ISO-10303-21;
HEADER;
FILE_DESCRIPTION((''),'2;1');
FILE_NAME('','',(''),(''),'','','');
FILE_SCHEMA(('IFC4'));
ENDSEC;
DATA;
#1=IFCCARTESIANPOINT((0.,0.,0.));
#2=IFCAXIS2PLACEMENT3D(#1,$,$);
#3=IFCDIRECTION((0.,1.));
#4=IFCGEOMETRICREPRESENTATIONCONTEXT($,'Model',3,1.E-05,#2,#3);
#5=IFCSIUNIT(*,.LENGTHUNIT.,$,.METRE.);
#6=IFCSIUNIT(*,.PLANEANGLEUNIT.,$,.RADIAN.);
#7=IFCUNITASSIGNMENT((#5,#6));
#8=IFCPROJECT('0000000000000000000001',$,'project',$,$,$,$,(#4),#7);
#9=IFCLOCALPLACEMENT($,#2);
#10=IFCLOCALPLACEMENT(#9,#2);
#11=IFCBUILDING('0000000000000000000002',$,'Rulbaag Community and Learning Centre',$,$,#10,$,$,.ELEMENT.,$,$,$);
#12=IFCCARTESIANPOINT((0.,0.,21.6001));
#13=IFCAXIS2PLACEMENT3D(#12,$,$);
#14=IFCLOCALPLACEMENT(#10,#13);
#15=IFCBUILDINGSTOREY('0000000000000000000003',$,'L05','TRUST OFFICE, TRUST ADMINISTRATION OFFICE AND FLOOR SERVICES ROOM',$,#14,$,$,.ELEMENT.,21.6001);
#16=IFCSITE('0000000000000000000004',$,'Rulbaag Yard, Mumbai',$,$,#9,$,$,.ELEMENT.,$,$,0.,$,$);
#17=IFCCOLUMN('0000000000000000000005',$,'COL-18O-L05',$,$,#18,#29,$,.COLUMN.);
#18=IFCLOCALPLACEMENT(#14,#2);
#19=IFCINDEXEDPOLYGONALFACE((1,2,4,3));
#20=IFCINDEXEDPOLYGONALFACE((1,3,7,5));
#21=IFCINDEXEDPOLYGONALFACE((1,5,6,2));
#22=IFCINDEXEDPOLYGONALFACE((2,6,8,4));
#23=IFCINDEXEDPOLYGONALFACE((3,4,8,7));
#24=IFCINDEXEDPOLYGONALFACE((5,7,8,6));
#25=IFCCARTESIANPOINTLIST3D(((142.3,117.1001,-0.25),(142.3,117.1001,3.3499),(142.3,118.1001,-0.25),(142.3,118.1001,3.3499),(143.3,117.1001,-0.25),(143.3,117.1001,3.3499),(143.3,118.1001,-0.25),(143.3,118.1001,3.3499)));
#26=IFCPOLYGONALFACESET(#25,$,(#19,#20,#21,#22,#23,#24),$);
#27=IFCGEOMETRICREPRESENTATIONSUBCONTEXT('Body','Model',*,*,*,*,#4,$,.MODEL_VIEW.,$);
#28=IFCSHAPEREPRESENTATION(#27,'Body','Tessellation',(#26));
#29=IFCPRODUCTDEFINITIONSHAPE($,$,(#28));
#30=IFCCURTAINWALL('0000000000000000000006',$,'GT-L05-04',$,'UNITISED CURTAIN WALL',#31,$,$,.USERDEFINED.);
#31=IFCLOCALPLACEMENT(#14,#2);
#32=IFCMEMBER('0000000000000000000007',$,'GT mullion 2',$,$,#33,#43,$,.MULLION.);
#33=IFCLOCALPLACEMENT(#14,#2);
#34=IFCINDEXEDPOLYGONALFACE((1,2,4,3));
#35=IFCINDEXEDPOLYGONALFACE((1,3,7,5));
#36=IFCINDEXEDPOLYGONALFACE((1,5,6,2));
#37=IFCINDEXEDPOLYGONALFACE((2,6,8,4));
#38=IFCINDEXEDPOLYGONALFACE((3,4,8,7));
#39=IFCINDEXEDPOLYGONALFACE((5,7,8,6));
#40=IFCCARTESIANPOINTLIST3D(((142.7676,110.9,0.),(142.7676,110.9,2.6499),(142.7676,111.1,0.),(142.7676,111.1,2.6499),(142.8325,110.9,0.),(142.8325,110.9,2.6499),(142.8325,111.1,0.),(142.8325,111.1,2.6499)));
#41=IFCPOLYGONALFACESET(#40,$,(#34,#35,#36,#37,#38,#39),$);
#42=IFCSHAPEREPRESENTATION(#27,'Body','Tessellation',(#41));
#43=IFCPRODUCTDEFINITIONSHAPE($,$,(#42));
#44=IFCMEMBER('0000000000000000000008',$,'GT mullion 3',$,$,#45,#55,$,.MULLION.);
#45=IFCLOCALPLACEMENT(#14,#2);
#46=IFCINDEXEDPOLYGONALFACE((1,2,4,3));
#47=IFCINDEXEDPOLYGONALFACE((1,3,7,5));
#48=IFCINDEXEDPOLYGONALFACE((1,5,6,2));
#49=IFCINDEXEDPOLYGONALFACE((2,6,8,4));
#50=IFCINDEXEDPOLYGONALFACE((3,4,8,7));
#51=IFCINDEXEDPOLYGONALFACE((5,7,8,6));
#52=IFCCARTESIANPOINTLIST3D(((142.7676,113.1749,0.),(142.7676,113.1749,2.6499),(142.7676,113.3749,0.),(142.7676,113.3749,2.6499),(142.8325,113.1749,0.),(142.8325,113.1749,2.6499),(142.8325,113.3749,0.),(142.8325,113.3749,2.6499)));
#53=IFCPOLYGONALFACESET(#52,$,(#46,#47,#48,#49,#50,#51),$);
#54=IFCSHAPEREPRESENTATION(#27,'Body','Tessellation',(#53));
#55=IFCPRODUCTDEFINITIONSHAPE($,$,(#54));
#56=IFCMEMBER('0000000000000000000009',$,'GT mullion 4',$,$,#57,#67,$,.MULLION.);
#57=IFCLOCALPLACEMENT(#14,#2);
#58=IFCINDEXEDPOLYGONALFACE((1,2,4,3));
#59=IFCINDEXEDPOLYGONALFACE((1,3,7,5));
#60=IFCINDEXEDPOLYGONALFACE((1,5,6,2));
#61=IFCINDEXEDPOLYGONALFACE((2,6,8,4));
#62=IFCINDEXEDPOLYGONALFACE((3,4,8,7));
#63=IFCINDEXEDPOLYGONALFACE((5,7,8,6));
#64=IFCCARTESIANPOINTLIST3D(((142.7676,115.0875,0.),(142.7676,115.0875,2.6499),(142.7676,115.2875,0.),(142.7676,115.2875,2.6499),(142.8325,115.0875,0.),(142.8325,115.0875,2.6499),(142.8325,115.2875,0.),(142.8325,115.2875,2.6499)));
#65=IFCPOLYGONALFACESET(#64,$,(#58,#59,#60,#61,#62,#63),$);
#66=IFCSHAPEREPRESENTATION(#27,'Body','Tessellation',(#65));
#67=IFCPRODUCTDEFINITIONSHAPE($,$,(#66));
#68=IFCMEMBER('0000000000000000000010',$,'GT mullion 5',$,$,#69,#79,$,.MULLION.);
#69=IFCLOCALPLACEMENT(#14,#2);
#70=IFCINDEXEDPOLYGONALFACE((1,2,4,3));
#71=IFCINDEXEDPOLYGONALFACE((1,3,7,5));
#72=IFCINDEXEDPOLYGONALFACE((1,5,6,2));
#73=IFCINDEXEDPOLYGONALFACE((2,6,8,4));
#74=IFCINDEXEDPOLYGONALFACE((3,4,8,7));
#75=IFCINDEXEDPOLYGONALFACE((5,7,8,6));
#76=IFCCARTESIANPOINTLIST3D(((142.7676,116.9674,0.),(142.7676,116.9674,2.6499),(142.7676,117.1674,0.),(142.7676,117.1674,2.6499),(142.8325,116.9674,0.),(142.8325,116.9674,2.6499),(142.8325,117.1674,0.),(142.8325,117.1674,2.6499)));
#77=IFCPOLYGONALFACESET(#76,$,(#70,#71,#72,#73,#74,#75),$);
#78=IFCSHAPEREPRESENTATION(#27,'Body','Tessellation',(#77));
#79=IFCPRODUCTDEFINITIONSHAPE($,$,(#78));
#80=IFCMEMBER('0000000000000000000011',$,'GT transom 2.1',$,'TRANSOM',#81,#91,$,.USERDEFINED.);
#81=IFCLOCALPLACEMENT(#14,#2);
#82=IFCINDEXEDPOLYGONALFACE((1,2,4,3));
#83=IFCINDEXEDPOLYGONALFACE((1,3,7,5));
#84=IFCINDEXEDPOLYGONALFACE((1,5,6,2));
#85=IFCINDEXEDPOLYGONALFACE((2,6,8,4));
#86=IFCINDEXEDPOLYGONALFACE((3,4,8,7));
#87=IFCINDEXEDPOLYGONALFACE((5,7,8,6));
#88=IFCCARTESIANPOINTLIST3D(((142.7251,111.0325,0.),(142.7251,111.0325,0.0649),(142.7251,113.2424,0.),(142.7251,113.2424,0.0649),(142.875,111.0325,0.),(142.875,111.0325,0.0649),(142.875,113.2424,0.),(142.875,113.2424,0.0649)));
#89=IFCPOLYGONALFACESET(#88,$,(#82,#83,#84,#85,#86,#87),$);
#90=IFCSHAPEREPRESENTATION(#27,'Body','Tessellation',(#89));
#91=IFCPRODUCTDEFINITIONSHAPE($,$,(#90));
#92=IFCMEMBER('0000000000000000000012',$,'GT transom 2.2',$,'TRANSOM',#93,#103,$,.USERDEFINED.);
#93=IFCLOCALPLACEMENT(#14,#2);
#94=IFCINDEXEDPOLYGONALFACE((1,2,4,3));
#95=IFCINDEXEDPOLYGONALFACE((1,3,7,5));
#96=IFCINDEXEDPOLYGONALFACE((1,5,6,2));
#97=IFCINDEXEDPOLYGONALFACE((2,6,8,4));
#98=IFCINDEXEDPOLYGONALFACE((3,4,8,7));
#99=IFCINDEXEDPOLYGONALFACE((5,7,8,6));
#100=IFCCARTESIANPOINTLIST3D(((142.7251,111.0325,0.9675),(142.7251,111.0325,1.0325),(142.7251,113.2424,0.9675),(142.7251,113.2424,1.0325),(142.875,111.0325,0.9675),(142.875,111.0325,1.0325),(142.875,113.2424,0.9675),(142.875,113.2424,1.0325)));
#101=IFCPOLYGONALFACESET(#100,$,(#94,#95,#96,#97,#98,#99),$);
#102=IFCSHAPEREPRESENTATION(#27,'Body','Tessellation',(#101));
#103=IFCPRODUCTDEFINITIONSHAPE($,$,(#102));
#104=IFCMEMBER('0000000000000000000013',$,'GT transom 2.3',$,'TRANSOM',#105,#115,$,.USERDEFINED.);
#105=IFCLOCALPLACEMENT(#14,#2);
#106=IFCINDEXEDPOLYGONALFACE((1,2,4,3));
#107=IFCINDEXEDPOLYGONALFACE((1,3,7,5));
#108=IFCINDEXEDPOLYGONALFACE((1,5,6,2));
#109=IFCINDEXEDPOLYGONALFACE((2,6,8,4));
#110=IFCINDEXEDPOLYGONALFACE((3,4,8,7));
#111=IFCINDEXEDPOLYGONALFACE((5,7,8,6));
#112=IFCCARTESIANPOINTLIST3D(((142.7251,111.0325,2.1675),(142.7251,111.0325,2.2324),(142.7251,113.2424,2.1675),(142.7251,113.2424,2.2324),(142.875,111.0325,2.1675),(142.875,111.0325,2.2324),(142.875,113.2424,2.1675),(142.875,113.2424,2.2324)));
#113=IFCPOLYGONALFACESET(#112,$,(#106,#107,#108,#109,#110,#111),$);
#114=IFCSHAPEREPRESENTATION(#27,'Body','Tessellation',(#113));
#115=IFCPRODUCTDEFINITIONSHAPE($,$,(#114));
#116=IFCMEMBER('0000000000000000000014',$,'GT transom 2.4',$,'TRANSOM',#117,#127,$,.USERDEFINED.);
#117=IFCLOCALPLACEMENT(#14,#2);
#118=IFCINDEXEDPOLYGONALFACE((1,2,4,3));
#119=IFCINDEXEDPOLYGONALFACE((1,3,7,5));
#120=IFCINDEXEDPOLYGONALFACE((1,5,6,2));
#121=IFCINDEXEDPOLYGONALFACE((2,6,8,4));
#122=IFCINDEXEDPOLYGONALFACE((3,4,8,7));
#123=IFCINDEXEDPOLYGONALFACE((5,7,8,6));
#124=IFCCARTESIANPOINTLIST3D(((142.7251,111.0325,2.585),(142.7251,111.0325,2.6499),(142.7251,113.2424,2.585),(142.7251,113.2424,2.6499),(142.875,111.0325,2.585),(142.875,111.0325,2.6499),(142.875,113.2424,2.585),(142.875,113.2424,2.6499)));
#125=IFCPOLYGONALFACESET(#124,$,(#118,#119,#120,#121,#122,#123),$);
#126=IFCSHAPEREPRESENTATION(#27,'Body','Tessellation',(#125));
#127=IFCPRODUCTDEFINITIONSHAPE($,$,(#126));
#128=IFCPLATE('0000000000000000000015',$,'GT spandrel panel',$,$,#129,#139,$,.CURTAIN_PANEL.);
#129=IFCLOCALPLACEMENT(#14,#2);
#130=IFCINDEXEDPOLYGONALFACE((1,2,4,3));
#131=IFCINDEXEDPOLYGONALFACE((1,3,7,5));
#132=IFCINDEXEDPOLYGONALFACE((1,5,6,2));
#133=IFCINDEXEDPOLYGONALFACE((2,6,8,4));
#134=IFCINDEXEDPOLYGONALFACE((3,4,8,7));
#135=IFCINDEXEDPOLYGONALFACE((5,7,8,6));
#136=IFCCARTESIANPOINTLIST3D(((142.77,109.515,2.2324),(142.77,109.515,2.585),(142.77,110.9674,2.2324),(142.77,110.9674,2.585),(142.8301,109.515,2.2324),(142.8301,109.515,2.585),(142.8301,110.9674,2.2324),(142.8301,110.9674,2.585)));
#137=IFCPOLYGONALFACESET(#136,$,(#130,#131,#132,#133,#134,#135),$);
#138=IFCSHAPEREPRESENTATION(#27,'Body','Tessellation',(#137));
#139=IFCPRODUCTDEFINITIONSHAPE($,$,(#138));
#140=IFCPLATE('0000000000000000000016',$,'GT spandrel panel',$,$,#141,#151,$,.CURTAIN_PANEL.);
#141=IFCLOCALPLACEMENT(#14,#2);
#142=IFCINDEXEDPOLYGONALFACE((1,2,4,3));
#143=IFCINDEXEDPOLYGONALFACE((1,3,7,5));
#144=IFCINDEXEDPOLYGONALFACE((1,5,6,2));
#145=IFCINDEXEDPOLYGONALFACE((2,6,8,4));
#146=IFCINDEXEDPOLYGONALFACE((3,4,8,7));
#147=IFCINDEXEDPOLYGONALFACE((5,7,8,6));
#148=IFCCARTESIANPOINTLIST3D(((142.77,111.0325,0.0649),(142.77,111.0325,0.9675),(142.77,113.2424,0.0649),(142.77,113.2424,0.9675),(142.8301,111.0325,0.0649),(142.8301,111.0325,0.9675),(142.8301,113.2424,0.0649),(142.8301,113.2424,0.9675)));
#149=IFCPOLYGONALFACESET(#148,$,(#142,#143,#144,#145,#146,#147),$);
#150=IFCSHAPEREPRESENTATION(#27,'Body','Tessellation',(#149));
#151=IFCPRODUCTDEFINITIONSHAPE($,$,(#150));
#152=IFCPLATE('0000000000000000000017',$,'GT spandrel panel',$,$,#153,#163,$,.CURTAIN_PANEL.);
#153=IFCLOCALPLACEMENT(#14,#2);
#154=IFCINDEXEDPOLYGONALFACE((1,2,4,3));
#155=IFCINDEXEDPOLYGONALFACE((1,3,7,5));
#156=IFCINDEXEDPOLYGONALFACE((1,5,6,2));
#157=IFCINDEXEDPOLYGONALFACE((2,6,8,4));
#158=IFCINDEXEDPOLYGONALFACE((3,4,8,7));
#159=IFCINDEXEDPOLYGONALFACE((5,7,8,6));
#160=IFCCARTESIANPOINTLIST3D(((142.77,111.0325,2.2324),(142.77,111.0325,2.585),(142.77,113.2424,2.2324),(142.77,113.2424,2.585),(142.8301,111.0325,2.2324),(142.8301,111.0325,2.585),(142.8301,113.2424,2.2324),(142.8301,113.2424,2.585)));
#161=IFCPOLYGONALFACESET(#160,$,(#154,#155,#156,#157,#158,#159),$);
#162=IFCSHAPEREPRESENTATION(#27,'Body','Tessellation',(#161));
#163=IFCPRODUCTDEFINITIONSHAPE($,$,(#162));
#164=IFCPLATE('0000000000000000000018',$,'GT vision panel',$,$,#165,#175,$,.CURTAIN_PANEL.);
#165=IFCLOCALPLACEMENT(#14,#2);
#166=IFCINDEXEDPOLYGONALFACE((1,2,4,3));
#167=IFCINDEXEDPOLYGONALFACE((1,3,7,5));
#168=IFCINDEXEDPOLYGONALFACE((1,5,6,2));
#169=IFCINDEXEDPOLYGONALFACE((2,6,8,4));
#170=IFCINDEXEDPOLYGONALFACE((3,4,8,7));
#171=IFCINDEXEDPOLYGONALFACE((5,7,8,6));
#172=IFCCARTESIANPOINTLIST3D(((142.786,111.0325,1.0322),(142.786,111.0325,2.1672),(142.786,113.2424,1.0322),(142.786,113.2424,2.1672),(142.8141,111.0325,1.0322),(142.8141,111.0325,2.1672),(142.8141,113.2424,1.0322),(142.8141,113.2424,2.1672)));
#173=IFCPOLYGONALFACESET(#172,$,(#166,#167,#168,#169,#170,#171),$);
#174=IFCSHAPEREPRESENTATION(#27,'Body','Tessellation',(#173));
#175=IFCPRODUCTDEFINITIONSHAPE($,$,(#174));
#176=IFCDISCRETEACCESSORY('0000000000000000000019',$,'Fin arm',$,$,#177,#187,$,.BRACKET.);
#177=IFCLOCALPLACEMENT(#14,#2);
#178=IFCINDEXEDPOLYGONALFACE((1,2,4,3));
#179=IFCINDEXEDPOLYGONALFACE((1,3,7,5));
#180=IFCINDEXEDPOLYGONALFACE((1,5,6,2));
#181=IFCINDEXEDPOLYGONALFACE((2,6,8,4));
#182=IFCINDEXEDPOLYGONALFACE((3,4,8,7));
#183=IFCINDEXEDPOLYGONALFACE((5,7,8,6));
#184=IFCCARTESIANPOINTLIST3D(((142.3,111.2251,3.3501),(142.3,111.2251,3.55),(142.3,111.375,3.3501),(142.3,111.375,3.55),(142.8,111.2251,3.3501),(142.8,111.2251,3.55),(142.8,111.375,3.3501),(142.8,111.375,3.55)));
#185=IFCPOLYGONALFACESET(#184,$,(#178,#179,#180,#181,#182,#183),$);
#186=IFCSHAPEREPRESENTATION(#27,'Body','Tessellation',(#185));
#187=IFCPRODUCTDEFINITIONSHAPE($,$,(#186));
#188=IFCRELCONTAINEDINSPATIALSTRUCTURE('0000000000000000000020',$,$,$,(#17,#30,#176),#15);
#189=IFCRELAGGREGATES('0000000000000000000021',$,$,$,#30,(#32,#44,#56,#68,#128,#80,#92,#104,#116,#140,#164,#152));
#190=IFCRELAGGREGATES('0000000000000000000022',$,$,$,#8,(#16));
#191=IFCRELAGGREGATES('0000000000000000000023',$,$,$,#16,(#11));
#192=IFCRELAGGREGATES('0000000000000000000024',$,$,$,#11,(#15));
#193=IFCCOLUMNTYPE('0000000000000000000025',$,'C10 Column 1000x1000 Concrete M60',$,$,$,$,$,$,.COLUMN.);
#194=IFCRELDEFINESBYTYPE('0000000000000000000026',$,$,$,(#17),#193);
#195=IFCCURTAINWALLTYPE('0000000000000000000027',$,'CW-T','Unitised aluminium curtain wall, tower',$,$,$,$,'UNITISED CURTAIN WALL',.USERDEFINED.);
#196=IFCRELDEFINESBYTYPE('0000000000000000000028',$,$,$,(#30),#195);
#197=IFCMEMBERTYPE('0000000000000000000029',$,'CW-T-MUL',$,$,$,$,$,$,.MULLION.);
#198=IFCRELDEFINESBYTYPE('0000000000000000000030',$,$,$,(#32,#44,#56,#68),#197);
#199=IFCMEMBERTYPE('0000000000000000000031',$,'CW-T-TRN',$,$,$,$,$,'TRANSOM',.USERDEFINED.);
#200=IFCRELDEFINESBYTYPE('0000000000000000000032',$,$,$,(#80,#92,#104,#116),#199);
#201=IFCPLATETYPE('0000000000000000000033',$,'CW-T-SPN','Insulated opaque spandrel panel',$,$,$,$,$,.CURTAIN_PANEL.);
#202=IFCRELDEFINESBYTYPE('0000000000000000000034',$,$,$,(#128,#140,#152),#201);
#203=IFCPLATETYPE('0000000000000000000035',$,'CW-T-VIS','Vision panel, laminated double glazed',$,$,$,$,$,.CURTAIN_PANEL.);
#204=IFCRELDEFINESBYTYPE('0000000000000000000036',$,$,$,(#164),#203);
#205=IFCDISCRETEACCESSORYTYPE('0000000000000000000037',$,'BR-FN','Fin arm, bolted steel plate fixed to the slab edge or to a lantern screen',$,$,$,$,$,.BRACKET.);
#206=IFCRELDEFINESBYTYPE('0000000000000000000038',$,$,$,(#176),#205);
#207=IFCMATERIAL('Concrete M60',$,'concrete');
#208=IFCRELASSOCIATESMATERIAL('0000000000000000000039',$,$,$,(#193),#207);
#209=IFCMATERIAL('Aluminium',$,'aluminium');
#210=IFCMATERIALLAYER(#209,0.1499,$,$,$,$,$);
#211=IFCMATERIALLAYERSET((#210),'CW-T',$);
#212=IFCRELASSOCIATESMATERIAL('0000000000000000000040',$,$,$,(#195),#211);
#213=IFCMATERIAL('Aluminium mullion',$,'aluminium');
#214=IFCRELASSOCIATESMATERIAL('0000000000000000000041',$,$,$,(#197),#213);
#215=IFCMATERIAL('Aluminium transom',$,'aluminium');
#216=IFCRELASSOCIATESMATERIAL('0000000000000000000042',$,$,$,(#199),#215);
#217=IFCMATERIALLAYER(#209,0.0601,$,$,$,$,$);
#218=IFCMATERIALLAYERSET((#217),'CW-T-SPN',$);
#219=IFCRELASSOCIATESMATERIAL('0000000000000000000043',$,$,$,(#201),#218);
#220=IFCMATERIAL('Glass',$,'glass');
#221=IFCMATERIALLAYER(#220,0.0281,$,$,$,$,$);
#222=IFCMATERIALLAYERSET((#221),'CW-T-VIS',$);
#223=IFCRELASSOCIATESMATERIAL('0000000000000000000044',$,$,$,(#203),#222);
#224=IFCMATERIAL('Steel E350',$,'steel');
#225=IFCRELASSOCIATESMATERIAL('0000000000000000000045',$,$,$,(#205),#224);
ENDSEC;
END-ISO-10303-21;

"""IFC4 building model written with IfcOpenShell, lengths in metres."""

from ifc_helpers import new_model, si_unit, direction, frame, origin, origin_2d, place, context, subcontext, project, spatial, rectangle, extrude, material, layer, layer_set, material_profile, profile_set, type_object, element, aggregate, save


model = new_model("IFC4")

# Units and contexts
model_context = context("Model", 3, precision=1e-05, world=origin(), true_north=direction((0.0, 1.0)))
body_context = subcontext(model_context, "Body", "Model", "MODEL_VIEW")
ifc_project = project(units=[si_unit("LENGTHUNIT", "METRE"), si_unit("PLANEANGLEUNIT", "RADIAN")], contexts=[model_context])

# Site, building, storey
site_placement = place(None, origin())
site = spatial("IfcSite", under=ifc_project, at=site_placement, Name="Rulbaag Yard, Mumbai", CompositionType="ELEMENT", RefElevation=0.0)
building_placement = place(site_placement, origin())
building = spatial("IfcBuilding", under=site, at=building_placement, Name="Rulbaag Community and Learning Centre", CompositionType="ELEMENT")
storey_placement = place(building_placement, frame((0.0, 0.0, 21.6001)))
storey = spatial("IfcBuildingStorey", under=building, at=storey_placement, Name="L05", Description="TRUST OFFICE, TRUST ADMINISTRATION OFFICE AND FLOOR SERVICES ROOM", CompositionType="ELEMENT", Elevation=21.6001)

# Column
ifc_material_1 = material(Name="Concrete M60", Category="concrete")
ifc_material_profile_1 = material_profile(ifc_material_1, rectangle(XDim=1.0, YDim=1.0, at=origin_2d()), Name="RC1000x1000")
ifc_profile_set_1 = profile_set([ifc_material_profile_1], Name="Concrete M60")
column_type = type_object("IfcColumnType", Name="C10 Column 1000x1000 Concrete M60", PredefinedType="COLUMN", material=ifc_profile_set_1)
column_placement = place(storey_placement, frame((142.8, 117.6001, -0.25), z_axis=(0.0, 0.0, 1.0), x_axis=(1.0, 0.0, 0.0)))
element("IfcColumn", 1, at=column_placement, inside=storey, type_object=column_type, Name="COL-18O-L05", PredefinedType="COLUMN", context=body_context, shape_type="SweptSolid", body=[
    extrude(rectangle(XDim=1.0, YDim=1.0, at=origin_2d()), origin(), (0.0, 0.0, 1.0), 3.5999),
])

# Curtain wall, members, plates
ifc_material_2 = material(Name="Aluminium", Category="aluminium")
ifc_layer_1 = layer(ifc_material_2, 0.1499)
ifc_layer_set_1 = layer_set([ifc_layer_1], Name="CW-T")
curtain_wall_type = type_object("IfcCurtainWallType", Name="CW-T", Description="Unitised aluminium curtain wall, tower", ElementType="UNITISED CURTAIN WALL", PredefinedType="USERDEFINED", material=ifc_layer_set_1)
curtain_wall_placement = place(storey_placement, origin())
curtain_wall = element("IfcCurtainWall", 2, at=curtain_wall_placement, inside=storey, type_object=curtain_wall_type, Name="GT-L05-04", ObjectType="UNITISED CURTAIN WALL", PredefinedType="USERDEFINED")
ifc_material_3 = material(Name="Aluminium mullion", Category="aluminium")
ifc_material_profile_2 = material_profile(ifc_material_3, rectangle(XDim=0.0649, YDim=0.2, at=origin_2d()), Name="AL 65x200")
ifc_profile_set_2 = profile_set([ifc_material_profile_2], Name="Aluminium mullion")
member_type_1 = type_object("IfcMemberType", Name="CW-T-MUL", PredefinedType="MULLION", material=ifc_profile_set_2)
member_1_placement = place(storey_placement, frame((142.8, 111.0, 0.0), z_axis=(0.0, 0.0, 1.0), x_axis=(-1.0, 0.0, 0.0)))
member_1 = element("IfcMember", 3, at=member_1_placement, type_object=member_type_1, Name="GT mullion 2", PredefinedType="MULLION", context=body_context, shape_type="SweptSolid", body=[
    extrude(rectangle(XDim=0.0649, YDim=0.2, at=origin_2d()), origin(), (0.0, 0.0, 1.0), 2.6499),
])
member_2_placement = place(storey_placement, frame((142.8, 113.2749, 0.0), z_axis=(0.0, 0.0, 1.0), x_axis=(-1.0, 0.0, 0.0)))
member_2 = element("IfcMember", 4, at=member_2_placement, type_object=member_type_1, Name="GT mullion 3", PredefinedType="MULLION", context=body_context, shape_type="SweptSolid", body=[
    extrude(rectangle(XDim=0.0649, YDim=0.2, at=origin_2d()), origin(), (0.0, 0.0, 1.0), 2.6499),
])
member_3_placement = place(storey_placement, frame((142.8, 115.1875, 0.0), z_axis=(0.0, 0.0, 1.0), x_axis=(-1.0, 0.0, 0.0)))
member_3 = element("IfcMember", 5, at=member_3_placement, type_object=member_type_1, Name="GT mullion 4", PredefinedType="MULLION", context=body_context, shape_type="SweptSolid", body=[
    extrude(rectangle(XDim=0.0649, YDim=0.2, at=origin_2d()), origin(), (0.0, 0.0, 1.0), 2.6499),
])
member_4_placement = place(storey_placement, frame((142.8, 117.0674, 0.0), z_axis=(0.0, 0.0, 1.0), x_axis=(-1.0, 0.0, 0.0)))
member_4 = element("IfcMember", 6, at=member_4_placement, type_object=member_type_1, Name="GT mullion 5", PredefinedType="MULLION", context=body_context, shape_type="SweptSolid", body=[
    extrude(rectangle(XDim=0.0649, YDim=0.2, at=origin_2d()), origin(), (0.0, 0.0, 1.0), 2.6499),
])
ifc_material_4 = material(Name="Aluminium transom", Category="aluminium")
ifc_material_profile_3 = material_profile(ifc_material_4, rectangle(XDim=0.1499, YDim=0.0649, at=origin_2d()), Name="AL 65x150 T")
ifc_profile_set_3 = profile_set([ifc_material_profile_3], Name="Aluminium transom")
member_type_2 = type_object("IfcMemberType", Name="CW-T-TRN", ElementType="TRANSOM", PredefinedType="USERDEFINED", material=ifc_profile_set_3)
member_5_placement = place(storey_placement, frame((142.8, 111.0325, 0.0325), z_axis=(0.0, 1.0, 0.0), x_axis=(-1.0, 0.0, 0.0)))
member_5 = element("IfcMember", 7, at=member_5_placement, type_object=member_type_2, Name="GT transom 2.1", ObjectType="TRANSOM", PredefinedType="USERDEFINED", context=body_context, shape_type="SweptSolid", body=[
    extrude(rectangle(XDim=0.1499, YDim=0.0649, at=origin_2d()), origin(), (0.0, 0.0, 1.0), 2.21),
])
member_6_placement = place(storey_placement, frame((142.8, 111.0325, 1.0), z_axis=(0.0, 1.0, 0.0), x_axis=(-1.0, 0.0, 0.0)))
member_6 = element("IfcMember", 8, at=member_6_placement, type_object=member_type_2, Name="GT transom 2.2", ObjectType="TRANSOM", PredefinedType="USERDEFINED", context=body_context, shape_type="SweptSolid", body=[
    extrude(rectangle(XDim=0.1499, YDim=0.0649, at=origin_2d()), origin(), (0.0, 0.0, 1.0), 2.21),
])
member_7_placement = place(storey_placement, frame((142.8, 111.0325, 2.2), z_axis=(0.0, 1.0, 0.0), x_axis=(-1.0, 0.0, 0.0)))
member_7 = element("IfcMember", 9, at=member_7_placement, type_object=member_type_2, Name="GT transom 2.3", ObjectType="TRANSOM", PredefinedType="USERDEFINED", context=body_context, shape_type="SweptSolid", body=[
    extrude(rectangle(XDim=0.1499, YDim=0.0649, at=origin_2d()), origin(), (0.0, 0.0, 1.0), 2.21),
])
member_8_placement = place(storey_placement, frame((142.8, 111.0325, 2.6174), z_axis=(0.0, 1.0, 0.0), x_axis=(-1.0, 0.0, 0.0)))
member_8 = element("IfcMember", 10, at=member_8_placement, type_object=member_type_2, Name="GT transom 2.4", ObjectType="TRANSOM", PredefinedType="USERDEFINED", context=body_context, shape_type="SweptSolid", body=[
    extrude(rectangle(XDim=0.1499, YDim=0.0649, at=origin_2d()), origin(), (0.0, 0.0, 1.0), 2.21),
])
ifc_layer_2 = layer(ifc_material_2, 0.0601)
ifc_layer_set_2 = layer_set([ifc_layer_2], Name="CW-T-SPN")
plate_type_1 = type_object("IfcPlateType", Name="CW-T-SPN", Description="Insulated opaque spandrel panel", PredefinedType="CURTAIN_PANEL", material=ifc_layer_set_2)
plate_1_placement = place(storey_placement, frame((142.8, 110.2412, 2.2324), z_axis=(0.0, 0.0, 1.0), x_axis=(0.0, 1.0, 0.0)))
plate_1 = element("IfcPlate", 11, at=plate_1_placement, type_object=plate_type_1, Name="GT spandrel panel", PredefinedType="CURTAIN_PANEL", context=body_context, shape_type="SweptSolid", body=[
    extrude(rectangle(XDim=1.4524, YDim=0.0601, at=origin_2d()), origin(), (0.0, 0.0, 1.0), 0.3525),
])
plate_2_placement = place(storey_placement, frame((142.8, 112.1375, 0.0649), z_axis=(0.0, 0.0, 1.0), x_axis=(0.0, 1.0, 0.0)))
plate_2 = element("IfcPlate", 12, at=plate_2_placement, type_object=plate_type_1, Name="GT spandrel panel", PredefinedType="CURTAIN_PANEL", context=body_context, shape_type="SweptSolid", body=[
    extrude(rectangle(XDim=2.21, YDim=0.0601, at=origin_2d()), origin(), (0.0, 0.0, 1.0), 0.9026),
])
plate_3_placement = place(storey_placement, frame((142.8, 112.1375, 2.2324), z_axis=(0.0, 0.0, 1.0), x_axis=(0.0, 1.0, 0.0)))
plate_3 = element("IfcPlate", 13, at=plate_3_placement, type_object=plate_type_1, Name="GT spandrel panel", PredefinedType="CURTAIN_PANEL", context=body_context, shape_type="SweptSolid", body=[
    extrude(rectangle(XDim=2.21, YDim=0.0601, at=origin_2d()), origin(), (0.0, 0.0, 1.0), 0.3525),
])
ifc_material_5 = material(Name="Glass", Category="glass")
ifc_layer_3 = layer(ifc_material_5, 0.0281)
ifc_layer_set_3 = layer_set([ifc_layer_3], Name="CW-T-VIS")
plate_type_2 = type_object("IfcPlateType", Name="CW-T-VIS", Description="Vision panel, laminated double glazed", PredefinedType="CURTAIN_PANEL", material=ifc_layer_set_3)
plate_4_placement = place(storey_placement, frame((142.8, 112.1375, 1.0322), z_axis=(0.0, 0.0, 1.0), x_axis=(0.0, 1.0, 0.0)))
plate_4 = element("IfcPlate", 14, at=plate_4_placement, type_object=plate_type_2, Name="GT vision panel", PredefinedType="CURTAIN_PANEL", context=body_context, shape_type="SweptSolid", body=[
    extrude(rectangle(XDim=2.21, YDim=0.0281, at=origin_2d()), origin(), (0.0, 0.0, 1.0), 1.135),
])
aggregate(curtain_wall, [member_1, member_2, member_3, member_4, plate_1, member_5, member_6, member_7, member_8, plate_2, plate_4, plate_3])

# Discrete accessory
ifc_material_6 = material(Name="Steel E350", Category="steel")
discrete_accessory_type = type_object("IfcDiscreteAccessoryType", Name="BR-FN", Description="Fin arm, bolted steel plate fixed to the slab edge or to a lantern screen", PredefinedType="BRACKET", material=ifc_material_6)
for number, where, z_axis, x_axis, name in (
    (15, (142.55, 111.3, 3.3501), (0.0, 0.0, 1.0), (1.0, 0.0, 0.0), "Fin arm"),
):
    element("IfcDiscreteAccessory", number, at=place(storey_placement, frame(where, z_axis=z_axis, x_axis=x_axis)), inside=storey, type_object=discrete_accessory_type, Name=name, PredefinedType="BRACKET", context=body_context, shape_type="SweptSolid", body=[
        extrude(rectangle(XDim=0.5, YDim=0.1499, at=origin_2d()), origin(), (0.0, 0.0, 1.0), 0.2),
    ])

save(model, "model.ifc")
